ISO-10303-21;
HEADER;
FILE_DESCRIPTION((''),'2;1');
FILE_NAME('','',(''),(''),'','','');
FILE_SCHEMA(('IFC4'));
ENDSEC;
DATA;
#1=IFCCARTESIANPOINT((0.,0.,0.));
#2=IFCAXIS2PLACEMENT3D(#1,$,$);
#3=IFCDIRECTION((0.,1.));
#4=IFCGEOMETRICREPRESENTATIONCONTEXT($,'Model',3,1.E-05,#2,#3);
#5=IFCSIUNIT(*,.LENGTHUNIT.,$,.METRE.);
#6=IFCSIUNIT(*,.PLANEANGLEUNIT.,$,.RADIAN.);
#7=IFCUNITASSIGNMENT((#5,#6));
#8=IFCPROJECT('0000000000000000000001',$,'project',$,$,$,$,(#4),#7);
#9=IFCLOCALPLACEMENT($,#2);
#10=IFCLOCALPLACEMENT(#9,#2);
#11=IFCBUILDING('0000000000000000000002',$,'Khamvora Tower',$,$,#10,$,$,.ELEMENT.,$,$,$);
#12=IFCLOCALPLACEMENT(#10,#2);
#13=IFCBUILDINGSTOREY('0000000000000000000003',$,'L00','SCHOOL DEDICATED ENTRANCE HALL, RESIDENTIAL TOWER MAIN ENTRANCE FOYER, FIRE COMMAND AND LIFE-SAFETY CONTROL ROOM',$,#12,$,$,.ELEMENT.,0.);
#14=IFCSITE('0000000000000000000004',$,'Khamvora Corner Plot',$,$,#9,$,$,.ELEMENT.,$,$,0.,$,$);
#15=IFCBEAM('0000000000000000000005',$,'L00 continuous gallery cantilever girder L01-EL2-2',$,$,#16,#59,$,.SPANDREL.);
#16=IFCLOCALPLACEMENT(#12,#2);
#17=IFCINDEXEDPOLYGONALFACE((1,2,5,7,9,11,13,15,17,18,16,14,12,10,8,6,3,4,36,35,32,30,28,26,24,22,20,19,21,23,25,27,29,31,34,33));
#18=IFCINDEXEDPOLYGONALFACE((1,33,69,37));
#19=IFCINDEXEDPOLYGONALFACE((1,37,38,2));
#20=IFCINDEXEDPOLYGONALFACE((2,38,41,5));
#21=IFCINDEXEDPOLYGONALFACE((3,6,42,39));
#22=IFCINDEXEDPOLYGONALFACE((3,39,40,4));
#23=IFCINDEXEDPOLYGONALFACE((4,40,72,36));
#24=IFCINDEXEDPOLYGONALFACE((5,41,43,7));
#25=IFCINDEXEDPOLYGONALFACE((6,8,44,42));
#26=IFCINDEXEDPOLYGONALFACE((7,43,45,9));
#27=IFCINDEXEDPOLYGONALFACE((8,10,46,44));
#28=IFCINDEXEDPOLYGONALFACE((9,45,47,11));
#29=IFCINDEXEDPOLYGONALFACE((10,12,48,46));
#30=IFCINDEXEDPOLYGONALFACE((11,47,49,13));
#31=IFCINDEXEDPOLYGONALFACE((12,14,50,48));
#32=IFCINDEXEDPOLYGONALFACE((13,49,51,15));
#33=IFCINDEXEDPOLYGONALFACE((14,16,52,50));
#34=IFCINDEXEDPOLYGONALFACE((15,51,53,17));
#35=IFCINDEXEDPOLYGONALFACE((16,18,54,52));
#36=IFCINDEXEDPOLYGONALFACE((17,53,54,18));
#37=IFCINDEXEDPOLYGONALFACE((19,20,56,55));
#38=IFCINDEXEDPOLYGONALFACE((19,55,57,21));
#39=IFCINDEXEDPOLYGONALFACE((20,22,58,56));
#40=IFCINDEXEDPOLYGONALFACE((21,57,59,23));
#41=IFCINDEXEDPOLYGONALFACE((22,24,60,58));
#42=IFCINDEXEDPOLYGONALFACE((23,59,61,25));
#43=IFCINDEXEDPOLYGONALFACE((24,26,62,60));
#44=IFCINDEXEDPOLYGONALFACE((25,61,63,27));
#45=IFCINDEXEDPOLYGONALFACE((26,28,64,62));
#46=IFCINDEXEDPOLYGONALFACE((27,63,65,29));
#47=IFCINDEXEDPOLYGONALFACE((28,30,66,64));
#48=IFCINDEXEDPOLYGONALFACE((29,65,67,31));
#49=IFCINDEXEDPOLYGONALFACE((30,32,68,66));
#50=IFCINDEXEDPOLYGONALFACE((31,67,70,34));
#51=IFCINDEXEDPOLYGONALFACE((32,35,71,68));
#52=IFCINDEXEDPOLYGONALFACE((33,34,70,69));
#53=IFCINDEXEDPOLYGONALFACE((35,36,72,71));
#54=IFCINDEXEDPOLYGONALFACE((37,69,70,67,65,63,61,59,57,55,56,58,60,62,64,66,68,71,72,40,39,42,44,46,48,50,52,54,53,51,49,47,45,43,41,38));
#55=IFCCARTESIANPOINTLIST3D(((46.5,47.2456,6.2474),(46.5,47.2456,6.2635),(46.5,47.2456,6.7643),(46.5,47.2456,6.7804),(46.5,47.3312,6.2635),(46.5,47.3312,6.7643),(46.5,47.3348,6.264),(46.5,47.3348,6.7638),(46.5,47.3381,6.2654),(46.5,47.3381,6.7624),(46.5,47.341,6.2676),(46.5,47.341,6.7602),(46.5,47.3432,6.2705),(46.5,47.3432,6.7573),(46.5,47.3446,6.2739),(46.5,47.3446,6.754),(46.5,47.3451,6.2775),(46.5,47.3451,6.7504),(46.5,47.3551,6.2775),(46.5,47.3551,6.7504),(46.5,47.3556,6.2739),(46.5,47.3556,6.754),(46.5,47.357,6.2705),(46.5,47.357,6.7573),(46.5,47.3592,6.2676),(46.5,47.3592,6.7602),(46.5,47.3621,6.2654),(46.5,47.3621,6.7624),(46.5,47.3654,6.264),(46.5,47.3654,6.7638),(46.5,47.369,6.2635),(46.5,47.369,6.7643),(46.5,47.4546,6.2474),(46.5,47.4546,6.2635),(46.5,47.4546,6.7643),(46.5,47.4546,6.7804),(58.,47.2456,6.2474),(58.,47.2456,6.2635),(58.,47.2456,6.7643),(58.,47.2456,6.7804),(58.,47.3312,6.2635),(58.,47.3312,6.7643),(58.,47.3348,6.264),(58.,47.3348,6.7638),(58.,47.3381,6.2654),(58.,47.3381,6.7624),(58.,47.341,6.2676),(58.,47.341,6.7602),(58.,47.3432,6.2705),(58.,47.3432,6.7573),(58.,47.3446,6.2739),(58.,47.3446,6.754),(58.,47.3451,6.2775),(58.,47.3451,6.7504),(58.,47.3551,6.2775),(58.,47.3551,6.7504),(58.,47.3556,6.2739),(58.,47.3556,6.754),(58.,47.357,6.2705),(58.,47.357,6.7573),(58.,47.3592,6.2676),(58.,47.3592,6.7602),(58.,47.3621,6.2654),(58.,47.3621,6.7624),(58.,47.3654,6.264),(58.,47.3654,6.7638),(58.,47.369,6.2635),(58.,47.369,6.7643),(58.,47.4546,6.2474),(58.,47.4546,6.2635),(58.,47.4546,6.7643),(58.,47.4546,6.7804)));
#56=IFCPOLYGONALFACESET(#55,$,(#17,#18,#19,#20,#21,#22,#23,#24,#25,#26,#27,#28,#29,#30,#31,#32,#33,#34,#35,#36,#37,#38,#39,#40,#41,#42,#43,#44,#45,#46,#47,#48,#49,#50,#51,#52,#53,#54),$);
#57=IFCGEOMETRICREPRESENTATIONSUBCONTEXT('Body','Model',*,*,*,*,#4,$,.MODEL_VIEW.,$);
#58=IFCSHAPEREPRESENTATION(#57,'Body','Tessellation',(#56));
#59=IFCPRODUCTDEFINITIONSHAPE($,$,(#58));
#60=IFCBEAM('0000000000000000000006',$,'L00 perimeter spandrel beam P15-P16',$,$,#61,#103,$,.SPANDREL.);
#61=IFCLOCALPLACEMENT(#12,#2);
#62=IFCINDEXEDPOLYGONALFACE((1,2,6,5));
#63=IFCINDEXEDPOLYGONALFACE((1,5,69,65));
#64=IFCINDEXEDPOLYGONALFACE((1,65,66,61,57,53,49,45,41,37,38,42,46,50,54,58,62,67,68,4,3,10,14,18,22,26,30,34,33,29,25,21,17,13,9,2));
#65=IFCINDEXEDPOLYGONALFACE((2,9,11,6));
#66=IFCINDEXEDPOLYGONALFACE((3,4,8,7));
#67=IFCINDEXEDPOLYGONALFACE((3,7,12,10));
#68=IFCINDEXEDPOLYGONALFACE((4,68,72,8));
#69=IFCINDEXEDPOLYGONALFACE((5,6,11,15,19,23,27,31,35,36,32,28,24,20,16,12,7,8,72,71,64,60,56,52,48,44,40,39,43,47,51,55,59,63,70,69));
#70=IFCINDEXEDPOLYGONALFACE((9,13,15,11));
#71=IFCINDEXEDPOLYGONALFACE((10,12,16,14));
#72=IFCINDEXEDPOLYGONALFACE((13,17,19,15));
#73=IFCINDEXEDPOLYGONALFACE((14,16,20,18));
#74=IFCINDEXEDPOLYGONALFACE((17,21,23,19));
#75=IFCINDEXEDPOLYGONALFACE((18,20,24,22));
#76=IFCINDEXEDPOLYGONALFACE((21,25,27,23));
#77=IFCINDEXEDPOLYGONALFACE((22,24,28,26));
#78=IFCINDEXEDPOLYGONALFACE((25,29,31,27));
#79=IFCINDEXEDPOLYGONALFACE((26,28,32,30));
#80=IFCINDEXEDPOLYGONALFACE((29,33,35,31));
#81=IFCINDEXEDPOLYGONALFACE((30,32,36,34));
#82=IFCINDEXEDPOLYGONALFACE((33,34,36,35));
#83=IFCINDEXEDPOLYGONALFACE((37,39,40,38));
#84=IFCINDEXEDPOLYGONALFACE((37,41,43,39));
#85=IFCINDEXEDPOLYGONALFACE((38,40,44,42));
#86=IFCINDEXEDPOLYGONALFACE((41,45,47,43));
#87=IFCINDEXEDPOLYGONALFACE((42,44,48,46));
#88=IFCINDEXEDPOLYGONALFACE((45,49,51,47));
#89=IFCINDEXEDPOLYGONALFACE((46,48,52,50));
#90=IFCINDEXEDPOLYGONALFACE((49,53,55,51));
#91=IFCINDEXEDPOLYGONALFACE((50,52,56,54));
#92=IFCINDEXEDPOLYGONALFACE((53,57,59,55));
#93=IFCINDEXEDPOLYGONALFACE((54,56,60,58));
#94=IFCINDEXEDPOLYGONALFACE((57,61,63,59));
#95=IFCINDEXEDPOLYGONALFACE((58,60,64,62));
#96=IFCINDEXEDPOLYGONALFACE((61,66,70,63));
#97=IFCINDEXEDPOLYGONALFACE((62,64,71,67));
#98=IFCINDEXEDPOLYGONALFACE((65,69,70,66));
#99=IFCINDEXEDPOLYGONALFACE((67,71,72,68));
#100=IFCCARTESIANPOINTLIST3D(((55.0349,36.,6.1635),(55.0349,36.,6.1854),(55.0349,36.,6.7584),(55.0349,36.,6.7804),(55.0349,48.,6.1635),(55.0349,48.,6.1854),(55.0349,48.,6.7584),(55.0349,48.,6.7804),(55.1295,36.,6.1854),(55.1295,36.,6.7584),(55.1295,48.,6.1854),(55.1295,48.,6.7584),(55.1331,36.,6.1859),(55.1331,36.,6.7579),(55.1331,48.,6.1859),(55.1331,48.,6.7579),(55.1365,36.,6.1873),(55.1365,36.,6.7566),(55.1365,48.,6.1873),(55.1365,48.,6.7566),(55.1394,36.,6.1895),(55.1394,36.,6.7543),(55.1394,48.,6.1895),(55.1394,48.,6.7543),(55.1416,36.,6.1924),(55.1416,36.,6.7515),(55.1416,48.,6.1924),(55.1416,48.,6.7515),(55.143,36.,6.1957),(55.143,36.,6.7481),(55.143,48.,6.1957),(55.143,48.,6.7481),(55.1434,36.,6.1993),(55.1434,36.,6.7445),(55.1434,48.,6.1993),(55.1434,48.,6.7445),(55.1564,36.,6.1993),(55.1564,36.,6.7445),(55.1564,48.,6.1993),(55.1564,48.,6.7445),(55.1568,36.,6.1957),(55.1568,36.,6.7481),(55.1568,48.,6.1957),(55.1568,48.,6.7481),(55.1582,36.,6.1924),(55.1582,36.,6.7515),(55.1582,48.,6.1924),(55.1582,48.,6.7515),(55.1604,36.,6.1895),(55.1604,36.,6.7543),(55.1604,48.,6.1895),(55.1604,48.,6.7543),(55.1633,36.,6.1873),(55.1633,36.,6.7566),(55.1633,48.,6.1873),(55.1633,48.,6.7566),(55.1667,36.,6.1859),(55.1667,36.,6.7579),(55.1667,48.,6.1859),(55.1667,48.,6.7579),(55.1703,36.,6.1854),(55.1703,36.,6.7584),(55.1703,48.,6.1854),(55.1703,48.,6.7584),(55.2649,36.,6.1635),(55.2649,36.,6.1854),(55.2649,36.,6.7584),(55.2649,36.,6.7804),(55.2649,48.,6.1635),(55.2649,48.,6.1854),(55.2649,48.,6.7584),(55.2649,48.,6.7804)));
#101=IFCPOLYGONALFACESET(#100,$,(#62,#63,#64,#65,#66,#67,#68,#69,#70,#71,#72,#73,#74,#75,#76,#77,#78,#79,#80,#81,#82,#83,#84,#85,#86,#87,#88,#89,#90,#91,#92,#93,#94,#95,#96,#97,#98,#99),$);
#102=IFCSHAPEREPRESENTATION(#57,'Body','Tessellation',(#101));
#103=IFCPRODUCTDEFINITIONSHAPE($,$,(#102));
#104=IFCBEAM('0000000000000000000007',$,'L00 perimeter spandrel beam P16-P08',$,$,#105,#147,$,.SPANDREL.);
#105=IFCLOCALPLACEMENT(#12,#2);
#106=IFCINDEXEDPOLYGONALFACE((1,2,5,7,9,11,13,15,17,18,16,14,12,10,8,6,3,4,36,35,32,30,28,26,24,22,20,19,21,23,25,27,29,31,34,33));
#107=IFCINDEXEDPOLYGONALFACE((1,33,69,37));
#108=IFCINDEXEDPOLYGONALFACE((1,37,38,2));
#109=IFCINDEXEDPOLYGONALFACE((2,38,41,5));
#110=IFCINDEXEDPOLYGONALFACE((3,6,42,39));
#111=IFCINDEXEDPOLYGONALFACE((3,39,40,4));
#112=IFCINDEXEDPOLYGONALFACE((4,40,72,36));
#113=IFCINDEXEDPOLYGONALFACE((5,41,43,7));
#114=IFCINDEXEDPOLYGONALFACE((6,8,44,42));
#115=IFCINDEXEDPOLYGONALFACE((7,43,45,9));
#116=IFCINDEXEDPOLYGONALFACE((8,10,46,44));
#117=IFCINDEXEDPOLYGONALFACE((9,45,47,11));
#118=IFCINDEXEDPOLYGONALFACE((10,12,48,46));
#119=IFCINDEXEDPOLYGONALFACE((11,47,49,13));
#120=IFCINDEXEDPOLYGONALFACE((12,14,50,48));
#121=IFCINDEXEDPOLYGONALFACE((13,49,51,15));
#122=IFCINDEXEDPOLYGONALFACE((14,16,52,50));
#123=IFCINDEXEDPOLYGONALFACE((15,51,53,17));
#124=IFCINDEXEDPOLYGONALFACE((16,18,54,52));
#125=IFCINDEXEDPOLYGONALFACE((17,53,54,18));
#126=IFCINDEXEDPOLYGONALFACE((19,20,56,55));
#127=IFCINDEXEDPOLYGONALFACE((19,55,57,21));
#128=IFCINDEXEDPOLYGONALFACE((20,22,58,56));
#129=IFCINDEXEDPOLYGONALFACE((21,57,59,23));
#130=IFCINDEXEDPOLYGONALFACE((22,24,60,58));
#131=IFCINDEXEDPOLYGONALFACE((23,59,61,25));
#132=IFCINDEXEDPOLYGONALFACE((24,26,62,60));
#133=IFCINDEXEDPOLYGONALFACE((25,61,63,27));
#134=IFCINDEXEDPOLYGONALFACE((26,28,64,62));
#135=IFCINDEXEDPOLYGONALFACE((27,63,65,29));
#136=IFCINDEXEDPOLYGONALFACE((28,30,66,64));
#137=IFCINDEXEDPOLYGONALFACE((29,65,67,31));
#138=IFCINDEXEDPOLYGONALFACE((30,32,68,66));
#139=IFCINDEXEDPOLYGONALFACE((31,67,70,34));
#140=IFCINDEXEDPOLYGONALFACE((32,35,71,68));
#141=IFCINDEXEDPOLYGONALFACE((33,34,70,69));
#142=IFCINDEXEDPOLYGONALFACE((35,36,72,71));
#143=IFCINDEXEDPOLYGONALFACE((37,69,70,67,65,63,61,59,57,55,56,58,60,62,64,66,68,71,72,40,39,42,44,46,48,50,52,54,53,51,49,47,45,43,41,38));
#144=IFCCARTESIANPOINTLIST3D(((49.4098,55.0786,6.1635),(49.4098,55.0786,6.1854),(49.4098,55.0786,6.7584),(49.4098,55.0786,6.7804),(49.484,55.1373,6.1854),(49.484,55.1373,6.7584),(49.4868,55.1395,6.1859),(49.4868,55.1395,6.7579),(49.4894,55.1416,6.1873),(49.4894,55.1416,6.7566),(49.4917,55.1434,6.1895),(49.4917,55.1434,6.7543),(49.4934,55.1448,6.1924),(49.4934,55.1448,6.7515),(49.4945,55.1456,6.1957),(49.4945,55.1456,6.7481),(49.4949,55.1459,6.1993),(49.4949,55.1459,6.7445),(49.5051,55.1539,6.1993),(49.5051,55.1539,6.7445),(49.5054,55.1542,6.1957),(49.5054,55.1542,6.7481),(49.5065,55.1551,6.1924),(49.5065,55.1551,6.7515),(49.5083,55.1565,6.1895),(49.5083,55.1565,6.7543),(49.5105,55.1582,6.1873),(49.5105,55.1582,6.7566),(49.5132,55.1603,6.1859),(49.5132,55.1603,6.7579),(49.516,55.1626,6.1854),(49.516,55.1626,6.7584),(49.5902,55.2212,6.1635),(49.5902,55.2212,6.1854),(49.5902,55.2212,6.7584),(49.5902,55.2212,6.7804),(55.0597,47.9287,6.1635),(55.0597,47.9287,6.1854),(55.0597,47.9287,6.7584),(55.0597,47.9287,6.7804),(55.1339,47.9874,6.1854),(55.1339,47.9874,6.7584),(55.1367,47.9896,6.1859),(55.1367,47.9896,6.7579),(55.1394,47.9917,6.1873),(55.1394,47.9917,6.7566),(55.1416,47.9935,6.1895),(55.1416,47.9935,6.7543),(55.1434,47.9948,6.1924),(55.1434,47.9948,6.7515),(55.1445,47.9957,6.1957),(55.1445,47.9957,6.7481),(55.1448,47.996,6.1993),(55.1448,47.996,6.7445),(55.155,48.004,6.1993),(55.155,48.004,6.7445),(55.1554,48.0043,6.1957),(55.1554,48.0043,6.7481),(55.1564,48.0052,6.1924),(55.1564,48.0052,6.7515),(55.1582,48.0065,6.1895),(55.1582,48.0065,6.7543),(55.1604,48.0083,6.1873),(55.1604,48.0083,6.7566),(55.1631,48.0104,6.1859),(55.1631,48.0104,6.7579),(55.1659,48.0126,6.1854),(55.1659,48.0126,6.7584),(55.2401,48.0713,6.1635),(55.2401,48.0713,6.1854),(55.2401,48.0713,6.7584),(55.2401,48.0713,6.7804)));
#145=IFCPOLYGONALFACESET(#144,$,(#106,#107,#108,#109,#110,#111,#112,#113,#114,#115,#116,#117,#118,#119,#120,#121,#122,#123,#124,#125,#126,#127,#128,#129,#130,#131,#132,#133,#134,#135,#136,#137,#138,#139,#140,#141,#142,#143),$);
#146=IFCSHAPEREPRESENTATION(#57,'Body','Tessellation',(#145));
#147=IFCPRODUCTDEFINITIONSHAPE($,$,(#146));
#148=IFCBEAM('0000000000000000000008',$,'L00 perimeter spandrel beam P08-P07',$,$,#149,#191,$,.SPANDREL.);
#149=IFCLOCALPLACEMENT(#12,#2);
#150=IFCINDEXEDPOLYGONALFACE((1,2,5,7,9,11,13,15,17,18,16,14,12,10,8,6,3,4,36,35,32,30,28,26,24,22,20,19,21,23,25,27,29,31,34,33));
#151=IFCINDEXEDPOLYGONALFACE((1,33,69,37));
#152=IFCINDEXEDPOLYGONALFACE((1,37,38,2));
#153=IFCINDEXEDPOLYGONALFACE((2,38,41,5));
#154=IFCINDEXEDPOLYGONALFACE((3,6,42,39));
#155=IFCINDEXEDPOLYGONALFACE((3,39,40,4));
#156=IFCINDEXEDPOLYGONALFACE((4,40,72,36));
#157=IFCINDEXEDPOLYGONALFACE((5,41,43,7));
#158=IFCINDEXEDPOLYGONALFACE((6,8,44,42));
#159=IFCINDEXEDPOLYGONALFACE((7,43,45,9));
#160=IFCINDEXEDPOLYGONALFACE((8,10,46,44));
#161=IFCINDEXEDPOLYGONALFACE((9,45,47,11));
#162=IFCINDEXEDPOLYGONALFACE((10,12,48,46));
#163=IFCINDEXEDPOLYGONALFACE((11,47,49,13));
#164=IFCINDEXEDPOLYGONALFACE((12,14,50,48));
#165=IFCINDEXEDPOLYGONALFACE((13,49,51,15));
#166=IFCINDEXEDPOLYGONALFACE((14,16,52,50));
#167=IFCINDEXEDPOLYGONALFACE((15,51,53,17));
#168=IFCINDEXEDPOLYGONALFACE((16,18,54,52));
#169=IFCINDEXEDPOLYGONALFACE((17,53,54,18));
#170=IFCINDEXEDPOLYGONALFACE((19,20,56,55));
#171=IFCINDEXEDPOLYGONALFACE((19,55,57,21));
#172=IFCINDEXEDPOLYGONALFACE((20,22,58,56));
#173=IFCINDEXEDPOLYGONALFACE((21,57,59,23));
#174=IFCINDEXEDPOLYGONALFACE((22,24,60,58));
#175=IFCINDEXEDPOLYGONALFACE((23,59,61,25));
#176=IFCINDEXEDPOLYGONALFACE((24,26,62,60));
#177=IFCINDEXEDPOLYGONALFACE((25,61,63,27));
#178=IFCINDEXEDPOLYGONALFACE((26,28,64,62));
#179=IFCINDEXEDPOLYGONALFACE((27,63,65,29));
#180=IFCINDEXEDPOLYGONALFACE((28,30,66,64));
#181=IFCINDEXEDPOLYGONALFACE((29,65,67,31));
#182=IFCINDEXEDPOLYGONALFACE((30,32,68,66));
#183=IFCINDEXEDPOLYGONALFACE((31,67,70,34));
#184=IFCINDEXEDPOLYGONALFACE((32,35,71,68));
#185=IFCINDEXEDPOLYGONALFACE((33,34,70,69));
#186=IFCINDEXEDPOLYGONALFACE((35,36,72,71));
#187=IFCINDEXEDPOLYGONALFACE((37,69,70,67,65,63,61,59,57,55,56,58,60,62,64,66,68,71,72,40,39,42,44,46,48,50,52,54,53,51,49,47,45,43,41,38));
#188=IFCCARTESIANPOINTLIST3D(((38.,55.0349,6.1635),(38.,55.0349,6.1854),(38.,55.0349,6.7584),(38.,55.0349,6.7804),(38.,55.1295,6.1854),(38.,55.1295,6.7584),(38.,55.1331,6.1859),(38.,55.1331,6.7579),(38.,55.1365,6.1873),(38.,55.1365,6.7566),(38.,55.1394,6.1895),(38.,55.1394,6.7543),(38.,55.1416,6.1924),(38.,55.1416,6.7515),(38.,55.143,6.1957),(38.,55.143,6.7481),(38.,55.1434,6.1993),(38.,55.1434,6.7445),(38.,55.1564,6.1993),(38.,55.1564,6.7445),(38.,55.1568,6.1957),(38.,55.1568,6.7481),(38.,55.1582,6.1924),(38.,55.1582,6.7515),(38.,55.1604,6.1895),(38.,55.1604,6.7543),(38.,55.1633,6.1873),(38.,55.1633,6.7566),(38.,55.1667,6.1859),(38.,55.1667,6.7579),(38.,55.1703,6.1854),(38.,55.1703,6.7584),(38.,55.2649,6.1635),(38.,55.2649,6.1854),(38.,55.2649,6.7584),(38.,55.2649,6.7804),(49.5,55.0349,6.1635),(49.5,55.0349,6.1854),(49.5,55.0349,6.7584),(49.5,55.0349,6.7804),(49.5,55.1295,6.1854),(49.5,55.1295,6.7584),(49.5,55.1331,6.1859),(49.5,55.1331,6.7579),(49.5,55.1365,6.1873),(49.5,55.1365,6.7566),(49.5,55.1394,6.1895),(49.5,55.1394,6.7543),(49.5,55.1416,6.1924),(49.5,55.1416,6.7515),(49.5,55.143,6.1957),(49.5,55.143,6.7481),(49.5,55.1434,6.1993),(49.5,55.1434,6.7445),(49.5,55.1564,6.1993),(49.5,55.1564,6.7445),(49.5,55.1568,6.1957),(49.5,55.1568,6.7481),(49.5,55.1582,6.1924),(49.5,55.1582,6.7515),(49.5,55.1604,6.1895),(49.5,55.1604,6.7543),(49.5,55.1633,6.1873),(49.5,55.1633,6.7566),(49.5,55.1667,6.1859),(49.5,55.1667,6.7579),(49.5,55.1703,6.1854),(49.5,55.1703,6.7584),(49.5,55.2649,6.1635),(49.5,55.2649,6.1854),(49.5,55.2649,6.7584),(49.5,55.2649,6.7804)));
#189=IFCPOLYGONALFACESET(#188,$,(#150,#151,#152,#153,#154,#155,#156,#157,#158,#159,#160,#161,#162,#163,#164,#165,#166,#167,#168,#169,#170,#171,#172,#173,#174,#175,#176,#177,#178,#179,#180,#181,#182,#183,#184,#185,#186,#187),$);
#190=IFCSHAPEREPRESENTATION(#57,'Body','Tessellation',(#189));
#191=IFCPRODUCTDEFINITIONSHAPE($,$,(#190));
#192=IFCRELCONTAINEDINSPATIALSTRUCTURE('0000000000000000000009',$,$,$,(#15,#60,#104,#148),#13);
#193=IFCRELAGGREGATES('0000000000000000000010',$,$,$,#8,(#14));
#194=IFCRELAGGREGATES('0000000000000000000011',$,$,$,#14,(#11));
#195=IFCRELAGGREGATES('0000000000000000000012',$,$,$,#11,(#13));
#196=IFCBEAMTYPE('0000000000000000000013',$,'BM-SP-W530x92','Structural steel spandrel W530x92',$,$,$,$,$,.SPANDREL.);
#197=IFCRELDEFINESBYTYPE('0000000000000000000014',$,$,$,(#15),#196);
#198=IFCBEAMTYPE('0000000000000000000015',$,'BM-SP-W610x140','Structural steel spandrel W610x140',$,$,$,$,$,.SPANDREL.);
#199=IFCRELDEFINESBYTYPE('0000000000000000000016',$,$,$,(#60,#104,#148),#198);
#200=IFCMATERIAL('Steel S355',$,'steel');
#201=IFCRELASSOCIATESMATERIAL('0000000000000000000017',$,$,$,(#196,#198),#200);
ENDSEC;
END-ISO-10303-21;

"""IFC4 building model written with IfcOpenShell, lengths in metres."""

from ifc_helpers import new_model, si_unit, direction, frame, origin, origin_2d, place, context, subcontext, project, spatial, i_section, extrude, material, material_profile, profile_set, type_object, element, save


model = new_model("IFC4")

# Units and contexts
model_context = context("Model", 3, precision=1e-05, world=origin(), true_north=direction((0.0, 1.0)))
body_context = subcontext(model_context, "Body", "Model", "MODEL_VIEW")
ifc_project = project(units=[si_unit("LENGTHUNIT", "METRE"), si_unit("PLANEANGLEUNIT", "RADIAN")], contexts=[model_context])

# Site, building, storey
site_placement = place(None, origin())
site = spatial("IfcSite", under=ifc_project, at=site_placement, Name="Khamvora Corner Plot", CompositionType="ELEMENT", RefElevation=0.0)
building_placement = place(site_placement, origin())
building = spatial("IfcBuilding", under=site, at=building_placement, Name="Khamvora Tower", CompositionType="ELEMENT")
storey_placement = place(building_placement, origin())
storey = spatial("IfcBuildingStorey", under=building, at=storey_placement, Name="L00", Description="SCHOOL DEDICATED ENTRANCE HALL, RESIDENTIAL TOWER MAIN ENTRANCE FOYER, FIRE COMMAND AND LIFE-SAFETY CONTROL ROOM", CompositionType="ELEMENT", Elevation=0.0)

# Beams
ifc_material_1 = material(Name="Steel S355", Category="steel")
ifc_material_profile_1 = material_profile(ifc_material_1, i_section(OverallWidth=0.209, OverallDepth=0.533, WebThickness=0.01, FlangeThickness=0.0161, FilletRadius=0.0139, at=origin_2d()), Name="W530x92")
ifc_profile_set_1 = profile_set([ifc_material_profile_1], Name="Steel S355")
beam_type_1 = type_object("IfcBeamType", Name="BM-SP-W530x92", Description="Structural steel spandrel W530x92", PredefinedType="SPANDREL", material=ifc_profile_set_1)
beam_1_placement = place(storey_placement, frame((46.5, 47.3501, 6.5139), z_axis=(1.0, 0.0, 0.0), x_axis=(0.0, 1.0, 0.0)))
element("IfcBeam", 1, at=beam_1_placement, inside=storey, type_object=beam_type_1, Name="L00 continuous gallery cantilever girder L01-EL2-2", PredefinedType="SPANDREL", context=body_context, shape_type="SweptSolid", body=[
    extrude(i_section(OverallWidth=0.209, OverallDepth=0.533, WebThickness=0.01, FlangeThickness=0.0161, FilletRadius=0.0139, at=origin_2d()), origin(), (0.0, 0.0, 1.0), 11.5),
])
ifc_material_profile_2 = material_profile(ifc_material_1, i_section(OverallWidth=0.23, OverallDepth=0.6169, WebThickness=0.0129, FlangeThickness=0.022, FilletRadius=0.0139, at=origin_2d()), Name="W610x140")
ifc_profile_set_2 = profile_set([ifc_material_profile_2], Name="Steel S355")
beam_type_2 = type_object("IfcBeamType", Name="BM-SP-W610x140", Description="Structural steel spandrel W610x140", PredefinedType="SPANDREL", material=ifc_profile_set_2)
beam_2_placement = place(storey_placement, frame((55.1499, 36.0, 6.4719), z_axis=(0.0, 1.0, 0.0), x_axis=(-1.0, 0.0, 0.0)))
element("IfcBeam", 2, at=beam_2_placement, inside=storey, type_object=beam_type_2, Name="L00 perimeter spandrel beam P15-P16", PredefinedType="SPANDREL", context=body_context, shape_type="SweptSolid", body=[
    extrude(i_section(OverallWidth=0.23, OverallDepth=0.6169, WebThickness=0.0129, FlangeThickness=0.022, FilletRadius=0.0139, at=origin_2d()), origin(), (0.0, 0.0, 1.0), 12.0),
])
beam_3_placement = place(storey_placement, frame((55.1499, 48.0, 6.4719), z_axis=(-0.619999, 0.784603, 0.0), x_axis=(-0.784603, -0.619999, 0.0)))
element("IfcBeam", 3, at=beam_3_placement, inside=storey, type_object=beam_type_2, Name="L00 perimeter spandrel beam P16-P08", PredefinedType="SPANDREL", context=body_context, shape_type="SweptSolid", body=[
    extrude(i_section(OverallWidth=0.23, OverallDepth=0.6169, WebThickness=0.0129, FlangeThickness=0.022, FilletRadius=0.0139, at=origin_2d()), origin(), (0.0, 0.0, 1.0), 9.1128),
])
beam_4_placement = place(storey_placement, frame((49.5, 55.1499, 6.4719), z_axis=(-1.0, 0.0, 0.0), x_axis=(0.0, -1.0, 0.0)))
element("IfcBeam", 4, at=beam_4_placement, inside=storey, type_object=beam_type_2, Name="L00 perimeter spandrel beam P08-P07", PredefinedType="SPANDREL", context=body_context, shape_type="SweptSolid", body=[
    extrude(i_section(OverallWidth=0.23, OverallDepth=0.6169, WebThickness=0.0129, FlangeThickness=0.022, FilletRadius=0.0139, at=origin_2d()), origin(), (0.0, 0.0, 1.0), 11.5),
])

save(model, "model.ifc")
